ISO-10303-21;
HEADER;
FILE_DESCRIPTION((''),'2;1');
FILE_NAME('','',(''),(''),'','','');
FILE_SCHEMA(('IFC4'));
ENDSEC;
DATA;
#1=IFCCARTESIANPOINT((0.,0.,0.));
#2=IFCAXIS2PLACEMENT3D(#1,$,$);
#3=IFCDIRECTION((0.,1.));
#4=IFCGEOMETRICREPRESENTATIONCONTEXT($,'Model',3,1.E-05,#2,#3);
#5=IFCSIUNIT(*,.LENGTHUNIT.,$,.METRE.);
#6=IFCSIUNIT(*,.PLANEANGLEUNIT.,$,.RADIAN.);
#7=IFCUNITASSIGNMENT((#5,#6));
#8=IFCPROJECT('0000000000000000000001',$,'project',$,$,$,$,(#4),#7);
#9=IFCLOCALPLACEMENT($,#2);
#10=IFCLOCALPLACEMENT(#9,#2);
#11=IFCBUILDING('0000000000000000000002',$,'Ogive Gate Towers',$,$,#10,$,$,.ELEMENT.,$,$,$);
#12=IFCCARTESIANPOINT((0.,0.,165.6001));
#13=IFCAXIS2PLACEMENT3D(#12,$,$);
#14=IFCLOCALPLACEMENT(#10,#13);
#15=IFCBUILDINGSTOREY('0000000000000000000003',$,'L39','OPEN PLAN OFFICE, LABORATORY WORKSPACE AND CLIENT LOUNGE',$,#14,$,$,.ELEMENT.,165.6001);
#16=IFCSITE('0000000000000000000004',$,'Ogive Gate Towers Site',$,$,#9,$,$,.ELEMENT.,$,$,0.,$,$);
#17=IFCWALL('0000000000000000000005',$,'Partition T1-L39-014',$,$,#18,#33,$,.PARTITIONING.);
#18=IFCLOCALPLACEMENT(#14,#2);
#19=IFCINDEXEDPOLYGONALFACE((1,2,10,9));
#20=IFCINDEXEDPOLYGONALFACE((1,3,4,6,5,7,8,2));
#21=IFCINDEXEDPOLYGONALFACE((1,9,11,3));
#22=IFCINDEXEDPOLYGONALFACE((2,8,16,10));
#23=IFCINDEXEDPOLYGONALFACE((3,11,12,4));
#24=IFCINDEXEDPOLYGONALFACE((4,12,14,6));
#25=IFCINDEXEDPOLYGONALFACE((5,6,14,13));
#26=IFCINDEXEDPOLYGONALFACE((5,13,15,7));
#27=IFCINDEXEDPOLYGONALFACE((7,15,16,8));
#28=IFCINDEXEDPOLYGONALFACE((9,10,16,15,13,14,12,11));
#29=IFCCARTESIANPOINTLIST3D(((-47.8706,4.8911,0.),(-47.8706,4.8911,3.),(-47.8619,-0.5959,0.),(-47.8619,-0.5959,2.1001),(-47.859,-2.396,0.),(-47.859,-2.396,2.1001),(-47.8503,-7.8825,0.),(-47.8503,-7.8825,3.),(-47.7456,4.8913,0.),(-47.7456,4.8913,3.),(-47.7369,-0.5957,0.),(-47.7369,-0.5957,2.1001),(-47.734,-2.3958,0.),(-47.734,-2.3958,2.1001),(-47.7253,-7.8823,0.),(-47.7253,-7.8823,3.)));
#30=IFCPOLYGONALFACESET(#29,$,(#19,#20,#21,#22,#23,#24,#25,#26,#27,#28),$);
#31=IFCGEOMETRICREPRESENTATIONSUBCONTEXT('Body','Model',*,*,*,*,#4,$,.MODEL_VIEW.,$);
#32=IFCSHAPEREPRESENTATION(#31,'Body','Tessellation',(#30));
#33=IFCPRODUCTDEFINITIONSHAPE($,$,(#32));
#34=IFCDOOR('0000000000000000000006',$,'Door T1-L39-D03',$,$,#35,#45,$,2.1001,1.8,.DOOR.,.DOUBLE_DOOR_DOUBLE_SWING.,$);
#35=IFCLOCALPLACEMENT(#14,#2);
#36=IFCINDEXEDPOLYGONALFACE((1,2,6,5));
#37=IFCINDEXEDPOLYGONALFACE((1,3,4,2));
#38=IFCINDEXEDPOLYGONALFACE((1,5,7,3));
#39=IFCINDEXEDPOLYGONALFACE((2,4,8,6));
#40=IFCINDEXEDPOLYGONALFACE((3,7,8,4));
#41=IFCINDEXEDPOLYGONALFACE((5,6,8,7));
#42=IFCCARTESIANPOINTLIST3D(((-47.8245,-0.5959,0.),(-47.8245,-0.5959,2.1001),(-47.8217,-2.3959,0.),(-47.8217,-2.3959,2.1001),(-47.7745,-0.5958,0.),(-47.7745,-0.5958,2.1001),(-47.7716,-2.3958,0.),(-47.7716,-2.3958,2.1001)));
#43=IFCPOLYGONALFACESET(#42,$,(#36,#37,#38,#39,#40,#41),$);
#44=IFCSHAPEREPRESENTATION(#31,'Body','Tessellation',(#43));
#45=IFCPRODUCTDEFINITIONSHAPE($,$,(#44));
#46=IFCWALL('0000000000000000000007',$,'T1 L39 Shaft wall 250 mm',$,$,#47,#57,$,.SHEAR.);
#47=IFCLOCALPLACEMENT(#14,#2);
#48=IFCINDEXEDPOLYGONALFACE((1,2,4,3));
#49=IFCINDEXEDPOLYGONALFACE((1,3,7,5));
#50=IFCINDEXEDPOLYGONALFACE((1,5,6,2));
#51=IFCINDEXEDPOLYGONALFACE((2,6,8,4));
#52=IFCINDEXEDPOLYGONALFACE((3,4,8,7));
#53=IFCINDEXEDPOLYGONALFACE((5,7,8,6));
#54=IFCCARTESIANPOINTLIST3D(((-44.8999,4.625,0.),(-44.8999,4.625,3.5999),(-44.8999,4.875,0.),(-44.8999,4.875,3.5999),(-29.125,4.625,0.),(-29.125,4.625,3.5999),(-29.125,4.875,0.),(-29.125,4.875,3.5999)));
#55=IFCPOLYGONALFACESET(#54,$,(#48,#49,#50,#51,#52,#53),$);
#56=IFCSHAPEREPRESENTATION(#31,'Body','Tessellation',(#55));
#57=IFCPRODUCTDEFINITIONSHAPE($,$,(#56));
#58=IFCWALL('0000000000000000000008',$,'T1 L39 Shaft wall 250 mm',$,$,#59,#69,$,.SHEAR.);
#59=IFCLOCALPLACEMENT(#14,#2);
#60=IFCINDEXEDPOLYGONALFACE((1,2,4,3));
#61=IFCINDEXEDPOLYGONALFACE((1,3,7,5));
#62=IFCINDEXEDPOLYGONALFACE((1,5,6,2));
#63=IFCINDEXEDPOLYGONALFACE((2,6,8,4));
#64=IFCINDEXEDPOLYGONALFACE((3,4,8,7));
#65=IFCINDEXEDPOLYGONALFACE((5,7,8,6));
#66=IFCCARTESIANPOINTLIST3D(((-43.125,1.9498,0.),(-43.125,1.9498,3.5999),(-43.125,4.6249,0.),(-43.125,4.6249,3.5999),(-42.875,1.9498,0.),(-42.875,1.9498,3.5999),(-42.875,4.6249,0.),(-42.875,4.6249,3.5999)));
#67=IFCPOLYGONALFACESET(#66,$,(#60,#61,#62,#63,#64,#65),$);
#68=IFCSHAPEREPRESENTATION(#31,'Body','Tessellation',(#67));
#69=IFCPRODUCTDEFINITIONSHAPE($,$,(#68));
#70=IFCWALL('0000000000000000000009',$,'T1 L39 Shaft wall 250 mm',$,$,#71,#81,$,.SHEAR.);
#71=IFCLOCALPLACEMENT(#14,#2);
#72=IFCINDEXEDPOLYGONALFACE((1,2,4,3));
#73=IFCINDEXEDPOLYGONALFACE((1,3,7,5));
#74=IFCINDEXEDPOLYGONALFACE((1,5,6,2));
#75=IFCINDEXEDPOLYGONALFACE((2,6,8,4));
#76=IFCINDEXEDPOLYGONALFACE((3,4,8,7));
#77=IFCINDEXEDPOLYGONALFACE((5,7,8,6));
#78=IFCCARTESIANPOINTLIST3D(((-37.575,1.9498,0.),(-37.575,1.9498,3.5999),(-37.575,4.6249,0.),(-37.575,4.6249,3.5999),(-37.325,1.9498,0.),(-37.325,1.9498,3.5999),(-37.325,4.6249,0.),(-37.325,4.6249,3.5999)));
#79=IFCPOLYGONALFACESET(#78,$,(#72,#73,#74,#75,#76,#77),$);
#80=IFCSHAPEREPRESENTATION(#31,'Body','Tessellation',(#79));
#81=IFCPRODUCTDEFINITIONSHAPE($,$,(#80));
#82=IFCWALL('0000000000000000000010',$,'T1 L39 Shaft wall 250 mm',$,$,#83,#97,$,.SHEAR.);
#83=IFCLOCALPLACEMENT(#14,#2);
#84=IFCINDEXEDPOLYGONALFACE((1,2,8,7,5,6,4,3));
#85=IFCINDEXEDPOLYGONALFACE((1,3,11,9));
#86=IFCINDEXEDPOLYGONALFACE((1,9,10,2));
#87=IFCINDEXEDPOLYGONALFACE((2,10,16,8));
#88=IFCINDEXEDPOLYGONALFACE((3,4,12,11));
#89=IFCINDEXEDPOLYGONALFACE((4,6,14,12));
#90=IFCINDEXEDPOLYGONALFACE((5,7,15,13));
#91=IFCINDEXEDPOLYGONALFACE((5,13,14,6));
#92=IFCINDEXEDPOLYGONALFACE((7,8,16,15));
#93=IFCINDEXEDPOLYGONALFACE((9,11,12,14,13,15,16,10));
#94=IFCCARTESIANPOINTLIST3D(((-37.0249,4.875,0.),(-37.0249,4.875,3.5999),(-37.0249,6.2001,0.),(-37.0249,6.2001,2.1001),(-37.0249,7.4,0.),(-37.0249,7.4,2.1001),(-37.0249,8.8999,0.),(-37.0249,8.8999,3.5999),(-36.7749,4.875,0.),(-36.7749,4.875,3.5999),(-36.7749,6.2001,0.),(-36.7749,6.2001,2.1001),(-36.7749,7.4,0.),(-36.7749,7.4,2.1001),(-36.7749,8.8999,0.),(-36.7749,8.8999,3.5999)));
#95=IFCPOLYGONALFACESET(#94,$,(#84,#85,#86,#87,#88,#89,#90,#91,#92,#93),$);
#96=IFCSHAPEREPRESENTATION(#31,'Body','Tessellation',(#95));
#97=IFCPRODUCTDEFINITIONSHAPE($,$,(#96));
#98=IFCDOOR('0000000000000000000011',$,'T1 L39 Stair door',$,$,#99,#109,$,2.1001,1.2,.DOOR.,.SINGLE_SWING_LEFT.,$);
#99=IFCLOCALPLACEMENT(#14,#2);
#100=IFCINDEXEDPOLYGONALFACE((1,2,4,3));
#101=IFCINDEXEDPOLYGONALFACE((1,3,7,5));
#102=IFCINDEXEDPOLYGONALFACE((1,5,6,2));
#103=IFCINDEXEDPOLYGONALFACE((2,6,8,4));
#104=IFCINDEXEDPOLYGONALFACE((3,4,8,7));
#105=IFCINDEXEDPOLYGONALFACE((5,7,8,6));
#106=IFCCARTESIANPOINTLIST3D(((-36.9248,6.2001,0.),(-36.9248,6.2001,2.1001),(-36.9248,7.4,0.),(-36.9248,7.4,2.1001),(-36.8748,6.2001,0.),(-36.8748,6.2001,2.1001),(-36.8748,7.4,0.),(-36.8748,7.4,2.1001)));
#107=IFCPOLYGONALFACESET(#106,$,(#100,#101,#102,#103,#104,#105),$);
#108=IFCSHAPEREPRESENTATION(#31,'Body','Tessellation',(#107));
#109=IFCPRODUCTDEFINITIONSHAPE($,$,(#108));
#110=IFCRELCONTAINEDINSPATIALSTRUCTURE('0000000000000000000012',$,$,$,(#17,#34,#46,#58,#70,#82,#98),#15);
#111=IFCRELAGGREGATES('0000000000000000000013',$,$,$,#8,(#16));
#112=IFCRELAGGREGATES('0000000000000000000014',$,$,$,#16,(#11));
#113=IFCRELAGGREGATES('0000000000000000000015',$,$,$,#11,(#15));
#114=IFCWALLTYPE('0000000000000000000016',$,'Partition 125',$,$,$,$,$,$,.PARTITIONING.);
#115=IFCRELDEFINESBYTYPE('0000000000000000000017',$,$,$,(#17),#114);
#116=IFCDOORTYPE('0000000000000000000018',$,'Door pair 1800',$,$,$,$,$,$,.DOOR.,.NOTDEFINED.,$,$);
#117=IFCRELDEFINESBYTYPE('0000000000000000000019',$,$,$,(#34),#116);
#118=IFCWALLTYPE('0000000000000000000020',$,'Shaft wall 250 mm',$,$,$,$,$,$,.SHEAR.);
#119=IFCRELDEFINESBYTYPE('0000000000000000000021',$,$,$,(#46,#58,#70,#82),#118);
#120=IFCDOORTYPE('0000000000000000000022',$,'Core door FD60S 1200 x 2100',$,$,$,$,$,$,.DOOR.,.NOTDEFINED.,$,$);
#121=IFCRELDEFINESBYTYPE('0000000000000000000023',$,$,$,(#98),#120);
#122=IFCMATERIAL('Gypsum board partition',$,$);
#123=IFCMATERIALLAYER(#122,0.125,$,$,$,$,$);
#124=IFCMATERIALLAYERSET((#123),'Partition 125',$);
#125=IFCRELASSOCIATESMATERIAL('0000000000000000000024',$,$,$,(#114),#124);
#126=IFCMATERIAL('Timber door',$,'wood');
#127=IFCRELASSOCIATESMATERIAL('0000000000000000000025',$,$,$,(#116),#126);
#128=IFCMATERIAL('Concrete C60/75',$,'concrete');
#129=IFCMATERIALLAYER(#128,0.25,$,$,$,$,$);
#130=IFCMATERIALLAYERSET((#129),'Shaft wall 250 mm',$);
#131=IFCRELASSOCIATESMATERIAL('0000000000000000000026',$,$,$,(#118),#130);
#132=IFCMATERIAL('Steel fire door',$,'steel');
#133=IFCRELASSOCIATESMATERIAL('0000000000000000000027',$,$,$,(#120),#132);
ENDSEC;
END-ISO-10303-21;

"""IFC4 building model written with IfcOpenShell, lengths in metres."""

from ifc_helpers import new_model, si_unit, direction, frame, frame_2d, origin, place, context, subcontext, project, spatial, rectangle, extrude, material, layer, layer_set, type_object, element, fill, save


model = new_model("IFC4")

# Units and contexts
model_context = context("Model", 3, precision=1e-05, world=origin(), true_north=direction((0.0, 1.0)))
body_context = subcontext(model_context, "Body", "Model", "MODEL_VIEW")
ifc_project = project(units=[si_unit("LENGTHUNIT", "METRE"), si_unit("PLANEANGLEUNIT", "RADIAN")], contexts=[model_context])

# Site, building, storey
site_placement = place(None, origin())
site = spatial("IfcSite", under=ifc_project, at=site_placement, Name="Ogive Gate Towers Site", CompositionType="ELEMENT", RefElevation=0.0)
building_placement = place(site_placement, origin())
building = spatial("IfcBuilding", under=site, at=building_placement, Name="Ogive Gate Towers", CompositionType="ELEMENT")
storey_placement = place(building_placement, frame((0.0, 0.0, 165.6001)))
storey = spatial("IfcBuildingStorey", under=building, at=storey_placement, Name="L39", Description="OPEN PLAN OFFICE, LABORATORY WORKSPACE AND CLIENT LOUNGE", CompositionType="ELEMENT", Elevation=165.6001)

# Wall, opening, door
ifc_material_1 = material(Name="Gypsum board partition")
ifc_layer_1 = layer(ifc_material_1, 0.125)
ifc_layer_set_1 = layer_set([ifc_layer_1], Name="Partition 125")
wall_type_1 = type_object("IfcWallType", Name="Partition 125", PredefinedType="PARTITIONING", material=ifc_layer_set_1)
wall_1_placement = place(storey_placement, frame((-47.8081, 4.8911, 0.0), z_axis=(0.0, 0.0, 1.0), x_axis=(0.001586, -0.999999, 0.0)))
wall_1 = element("IfcWall", 1, at=wall_1_placement, inside=storey, type_object=wall_type_1, Name="Partition T1-L39-014", PredefinedType="PARTITIONING", context=body_context, shape_type="SweptSolid", body=[
    extrude(rectangle(XDim=12.7737, YDim=0.125, at=frame_2d((6.3867, 0.0))), origin(), (0.0, 0.0, 1.0), 3.0),
])
opening_1_placement = place(wall_1_placement, frame((5.4871, 0.0, 0.0)))
opening_1 = element("IfcOpeningElement", 2, at=opening_1_placement, cuts=wall_1, PredefinedType="OPENING", context=body_context, shape_type="SweptSolid", body=[
    extrude(rectangle(XDim=1.8, YDim=2.1001, at=frame_2d((0.8999, 1.05))), frame((0.0, 0.0725, 0.0), z_axis=(0.0, -1.0, 0.0), x_axis=(1.0, 0.0, 0.0)), (0.0, 0.0, 1.0), 0.145),
])
ifc_material_2 = material(Name="Timber door", Category="wood")
door_type_1 = type_object("IfcDoorType", Name="Door pair 1800", OperationType="NOTDEFINED", PredefinedType="DOOR", material=ifc_material_2)
door_1_placement = place(opening_1_placement, origin())
door_1 = element("IfcDoor", 3, at=door_1_placement, inside=storey, type_object=door_type_1, Name="Door T1-L39-D03", OperationType="DOUBLE_DOOR_DOUBLE_SWING", OverallHeight=2.1001, OverallWidth=1.8, PredefinedType="DOOR", context=body_context, shape_type="SweptSolid", body=[
    extrude(rectangle(XDim=1.8, YDim=2.1001, at=frame_2d((0.8999, 1.05))), frame((0.0, 0.0249, 0.0), z_axis=(0.0, -1.0, 0.0), x_axis=(1.0, 0.0, 0.0)), (0.0, 0.0, 1.0), 0.05),
])
fill(opening_1, door_1)

# Walls
ifc_material_3 = material(Name="Concrete C60/75", Category="concrete")
ifc_layer_2 = layer(ifc_material_3, 0.25)
ifc_layer_set_2 = layer_set([ifc_layer_2], Name="Shaft wall 250 mm")
wall_type_2 = type_object("IfcWallType", Name="Shaft wall 250 mm", PredefinedType="SHEAR", material=ifc_layer_set_2)
wall_2_placement = place(storey_placement, frame((-44.8999, 4.75, 0.0), z_axis=(0.0, 0.0, 1.0), x_axis=(1.0, 0.0, 0.0)))
element("IfcWall", 4, at=wall_2_placement, inside=storey, type_object=wall_type_2, Name="T1 L39 Shaft wall 250 mm", PredefinedType="SHEAR", context=body_context, shape_type="SweptSolid", body=[
    extrude(rectangle(XDim=15.7749, YDim=0.25, at=frame_2d((7.8875, 0.0))), origin(), (0.0, 0.0, 1.0), 3.5999),
])
for number, where, z_axis, x_axis, name in (
    (5, (-43.0, 1.95, 0.0), (0.0, 0.0, 1.0), (0.0, 1.0, 0.0), "T1 L39 Shaft wall 250 mm"),
    (6, (-37.45, 1.95, 0.0), (0.0, 0.0, 1.0), (0.0, 1.0, 0.0), "T1 L39 Shaft wall 250 mm"),
):
    element("IfcWall", number, at=place(storey_placement, frame(where, z_axis=z_axis, x_axis=x_axis)), inside=storey, type_object=wall_type_2, Name=name, PredefinedType="SHEAR", context=body_context, shape_type="SweptSolid", body=[
        extrude(rectangle(XDim=2.675, YDim=0.25, at=frame_2d((1.3374, 0.0))), origin(), (0.0, 0.0, 1.0), 3.5999),
    ])

# Wall, opening, door
wall_3_placement = place(storey_placement, frame((-36.8999, 4.875, 0.0), z_axis=(0.0, 0.0, 1.0), x_axis=(0.0, 1.0, 0.0)))
wall_3 = element("IfcWall", 7, at=wall_3_placement, inside=storey, type_object=wall_type_2, Name="T1 L39 Shaft wall 250 mm", PredefinedType="SHEAR", context=body_context, shape_type="SweptSolid", body=[
    extrude(rectangle(XDim=4.0249, YDim=0.25, at=frame_2d((2.0125, 0.0))), origin(), (0.0, 0.0, 1.0), 3.5999),
])
opening_2_placement = place(wall_3_placement, frame((1.325, 0.0, 0.0)))
opening_2 = element("IfcOpeningElement", 8, at=opening_2_placement, cuts=wall_3, PredefinedType="OPENING", context=body_context, shape_type="SweptSolid", body=[
    extrude(rectangle(XDim=1.2, YDim=2.1001, at=frame_2d((0.6001, 1.05))), frame((0.0, 0.135, 0.0), z_axis=(0.0, -1.0, 0.0), x_axis=(1.0, 0.0, 0.0)), (0.0, 0.0, 1.0), 0.27),
])
ifc_material_4 = material(Name="Steel fire door", Category="steel")
door_type_2 = type_object("IfcDoorType", Name="Core door FD60S 1200 x 2100", OperationType="NOTDEFINED", PredefinedType="DOOR", material=ifc_material_4)
door_2_placement = place(opening_2_placement, origin())
door_2 = element("IfcDoor", 9, at=door_2_placement, inside=storey, type_object=door_type_2, Name="T1 L39 Stair door", OperationType="SINGLE_SWING_LEFT", OverallHeight=2.1001, OverallWidth=1.2, PredefinedType="DOOR", context=body_context, shape_type="SweptSolid", body=[
    extrude(rectangle(XDim=1.2, YDim=2.1001, at=frame_2d((0.6001, 1.05))), frame((0.0, 0.0249, 0.0), z_axis=(0.0, -1.0, 0.0), x_axis=(1.0, 0.0, 0.0)), (0.0, 0.0, 1.0), 0.05),
])
fill(opening_2, door_2)

save(model, "model.ifc")
